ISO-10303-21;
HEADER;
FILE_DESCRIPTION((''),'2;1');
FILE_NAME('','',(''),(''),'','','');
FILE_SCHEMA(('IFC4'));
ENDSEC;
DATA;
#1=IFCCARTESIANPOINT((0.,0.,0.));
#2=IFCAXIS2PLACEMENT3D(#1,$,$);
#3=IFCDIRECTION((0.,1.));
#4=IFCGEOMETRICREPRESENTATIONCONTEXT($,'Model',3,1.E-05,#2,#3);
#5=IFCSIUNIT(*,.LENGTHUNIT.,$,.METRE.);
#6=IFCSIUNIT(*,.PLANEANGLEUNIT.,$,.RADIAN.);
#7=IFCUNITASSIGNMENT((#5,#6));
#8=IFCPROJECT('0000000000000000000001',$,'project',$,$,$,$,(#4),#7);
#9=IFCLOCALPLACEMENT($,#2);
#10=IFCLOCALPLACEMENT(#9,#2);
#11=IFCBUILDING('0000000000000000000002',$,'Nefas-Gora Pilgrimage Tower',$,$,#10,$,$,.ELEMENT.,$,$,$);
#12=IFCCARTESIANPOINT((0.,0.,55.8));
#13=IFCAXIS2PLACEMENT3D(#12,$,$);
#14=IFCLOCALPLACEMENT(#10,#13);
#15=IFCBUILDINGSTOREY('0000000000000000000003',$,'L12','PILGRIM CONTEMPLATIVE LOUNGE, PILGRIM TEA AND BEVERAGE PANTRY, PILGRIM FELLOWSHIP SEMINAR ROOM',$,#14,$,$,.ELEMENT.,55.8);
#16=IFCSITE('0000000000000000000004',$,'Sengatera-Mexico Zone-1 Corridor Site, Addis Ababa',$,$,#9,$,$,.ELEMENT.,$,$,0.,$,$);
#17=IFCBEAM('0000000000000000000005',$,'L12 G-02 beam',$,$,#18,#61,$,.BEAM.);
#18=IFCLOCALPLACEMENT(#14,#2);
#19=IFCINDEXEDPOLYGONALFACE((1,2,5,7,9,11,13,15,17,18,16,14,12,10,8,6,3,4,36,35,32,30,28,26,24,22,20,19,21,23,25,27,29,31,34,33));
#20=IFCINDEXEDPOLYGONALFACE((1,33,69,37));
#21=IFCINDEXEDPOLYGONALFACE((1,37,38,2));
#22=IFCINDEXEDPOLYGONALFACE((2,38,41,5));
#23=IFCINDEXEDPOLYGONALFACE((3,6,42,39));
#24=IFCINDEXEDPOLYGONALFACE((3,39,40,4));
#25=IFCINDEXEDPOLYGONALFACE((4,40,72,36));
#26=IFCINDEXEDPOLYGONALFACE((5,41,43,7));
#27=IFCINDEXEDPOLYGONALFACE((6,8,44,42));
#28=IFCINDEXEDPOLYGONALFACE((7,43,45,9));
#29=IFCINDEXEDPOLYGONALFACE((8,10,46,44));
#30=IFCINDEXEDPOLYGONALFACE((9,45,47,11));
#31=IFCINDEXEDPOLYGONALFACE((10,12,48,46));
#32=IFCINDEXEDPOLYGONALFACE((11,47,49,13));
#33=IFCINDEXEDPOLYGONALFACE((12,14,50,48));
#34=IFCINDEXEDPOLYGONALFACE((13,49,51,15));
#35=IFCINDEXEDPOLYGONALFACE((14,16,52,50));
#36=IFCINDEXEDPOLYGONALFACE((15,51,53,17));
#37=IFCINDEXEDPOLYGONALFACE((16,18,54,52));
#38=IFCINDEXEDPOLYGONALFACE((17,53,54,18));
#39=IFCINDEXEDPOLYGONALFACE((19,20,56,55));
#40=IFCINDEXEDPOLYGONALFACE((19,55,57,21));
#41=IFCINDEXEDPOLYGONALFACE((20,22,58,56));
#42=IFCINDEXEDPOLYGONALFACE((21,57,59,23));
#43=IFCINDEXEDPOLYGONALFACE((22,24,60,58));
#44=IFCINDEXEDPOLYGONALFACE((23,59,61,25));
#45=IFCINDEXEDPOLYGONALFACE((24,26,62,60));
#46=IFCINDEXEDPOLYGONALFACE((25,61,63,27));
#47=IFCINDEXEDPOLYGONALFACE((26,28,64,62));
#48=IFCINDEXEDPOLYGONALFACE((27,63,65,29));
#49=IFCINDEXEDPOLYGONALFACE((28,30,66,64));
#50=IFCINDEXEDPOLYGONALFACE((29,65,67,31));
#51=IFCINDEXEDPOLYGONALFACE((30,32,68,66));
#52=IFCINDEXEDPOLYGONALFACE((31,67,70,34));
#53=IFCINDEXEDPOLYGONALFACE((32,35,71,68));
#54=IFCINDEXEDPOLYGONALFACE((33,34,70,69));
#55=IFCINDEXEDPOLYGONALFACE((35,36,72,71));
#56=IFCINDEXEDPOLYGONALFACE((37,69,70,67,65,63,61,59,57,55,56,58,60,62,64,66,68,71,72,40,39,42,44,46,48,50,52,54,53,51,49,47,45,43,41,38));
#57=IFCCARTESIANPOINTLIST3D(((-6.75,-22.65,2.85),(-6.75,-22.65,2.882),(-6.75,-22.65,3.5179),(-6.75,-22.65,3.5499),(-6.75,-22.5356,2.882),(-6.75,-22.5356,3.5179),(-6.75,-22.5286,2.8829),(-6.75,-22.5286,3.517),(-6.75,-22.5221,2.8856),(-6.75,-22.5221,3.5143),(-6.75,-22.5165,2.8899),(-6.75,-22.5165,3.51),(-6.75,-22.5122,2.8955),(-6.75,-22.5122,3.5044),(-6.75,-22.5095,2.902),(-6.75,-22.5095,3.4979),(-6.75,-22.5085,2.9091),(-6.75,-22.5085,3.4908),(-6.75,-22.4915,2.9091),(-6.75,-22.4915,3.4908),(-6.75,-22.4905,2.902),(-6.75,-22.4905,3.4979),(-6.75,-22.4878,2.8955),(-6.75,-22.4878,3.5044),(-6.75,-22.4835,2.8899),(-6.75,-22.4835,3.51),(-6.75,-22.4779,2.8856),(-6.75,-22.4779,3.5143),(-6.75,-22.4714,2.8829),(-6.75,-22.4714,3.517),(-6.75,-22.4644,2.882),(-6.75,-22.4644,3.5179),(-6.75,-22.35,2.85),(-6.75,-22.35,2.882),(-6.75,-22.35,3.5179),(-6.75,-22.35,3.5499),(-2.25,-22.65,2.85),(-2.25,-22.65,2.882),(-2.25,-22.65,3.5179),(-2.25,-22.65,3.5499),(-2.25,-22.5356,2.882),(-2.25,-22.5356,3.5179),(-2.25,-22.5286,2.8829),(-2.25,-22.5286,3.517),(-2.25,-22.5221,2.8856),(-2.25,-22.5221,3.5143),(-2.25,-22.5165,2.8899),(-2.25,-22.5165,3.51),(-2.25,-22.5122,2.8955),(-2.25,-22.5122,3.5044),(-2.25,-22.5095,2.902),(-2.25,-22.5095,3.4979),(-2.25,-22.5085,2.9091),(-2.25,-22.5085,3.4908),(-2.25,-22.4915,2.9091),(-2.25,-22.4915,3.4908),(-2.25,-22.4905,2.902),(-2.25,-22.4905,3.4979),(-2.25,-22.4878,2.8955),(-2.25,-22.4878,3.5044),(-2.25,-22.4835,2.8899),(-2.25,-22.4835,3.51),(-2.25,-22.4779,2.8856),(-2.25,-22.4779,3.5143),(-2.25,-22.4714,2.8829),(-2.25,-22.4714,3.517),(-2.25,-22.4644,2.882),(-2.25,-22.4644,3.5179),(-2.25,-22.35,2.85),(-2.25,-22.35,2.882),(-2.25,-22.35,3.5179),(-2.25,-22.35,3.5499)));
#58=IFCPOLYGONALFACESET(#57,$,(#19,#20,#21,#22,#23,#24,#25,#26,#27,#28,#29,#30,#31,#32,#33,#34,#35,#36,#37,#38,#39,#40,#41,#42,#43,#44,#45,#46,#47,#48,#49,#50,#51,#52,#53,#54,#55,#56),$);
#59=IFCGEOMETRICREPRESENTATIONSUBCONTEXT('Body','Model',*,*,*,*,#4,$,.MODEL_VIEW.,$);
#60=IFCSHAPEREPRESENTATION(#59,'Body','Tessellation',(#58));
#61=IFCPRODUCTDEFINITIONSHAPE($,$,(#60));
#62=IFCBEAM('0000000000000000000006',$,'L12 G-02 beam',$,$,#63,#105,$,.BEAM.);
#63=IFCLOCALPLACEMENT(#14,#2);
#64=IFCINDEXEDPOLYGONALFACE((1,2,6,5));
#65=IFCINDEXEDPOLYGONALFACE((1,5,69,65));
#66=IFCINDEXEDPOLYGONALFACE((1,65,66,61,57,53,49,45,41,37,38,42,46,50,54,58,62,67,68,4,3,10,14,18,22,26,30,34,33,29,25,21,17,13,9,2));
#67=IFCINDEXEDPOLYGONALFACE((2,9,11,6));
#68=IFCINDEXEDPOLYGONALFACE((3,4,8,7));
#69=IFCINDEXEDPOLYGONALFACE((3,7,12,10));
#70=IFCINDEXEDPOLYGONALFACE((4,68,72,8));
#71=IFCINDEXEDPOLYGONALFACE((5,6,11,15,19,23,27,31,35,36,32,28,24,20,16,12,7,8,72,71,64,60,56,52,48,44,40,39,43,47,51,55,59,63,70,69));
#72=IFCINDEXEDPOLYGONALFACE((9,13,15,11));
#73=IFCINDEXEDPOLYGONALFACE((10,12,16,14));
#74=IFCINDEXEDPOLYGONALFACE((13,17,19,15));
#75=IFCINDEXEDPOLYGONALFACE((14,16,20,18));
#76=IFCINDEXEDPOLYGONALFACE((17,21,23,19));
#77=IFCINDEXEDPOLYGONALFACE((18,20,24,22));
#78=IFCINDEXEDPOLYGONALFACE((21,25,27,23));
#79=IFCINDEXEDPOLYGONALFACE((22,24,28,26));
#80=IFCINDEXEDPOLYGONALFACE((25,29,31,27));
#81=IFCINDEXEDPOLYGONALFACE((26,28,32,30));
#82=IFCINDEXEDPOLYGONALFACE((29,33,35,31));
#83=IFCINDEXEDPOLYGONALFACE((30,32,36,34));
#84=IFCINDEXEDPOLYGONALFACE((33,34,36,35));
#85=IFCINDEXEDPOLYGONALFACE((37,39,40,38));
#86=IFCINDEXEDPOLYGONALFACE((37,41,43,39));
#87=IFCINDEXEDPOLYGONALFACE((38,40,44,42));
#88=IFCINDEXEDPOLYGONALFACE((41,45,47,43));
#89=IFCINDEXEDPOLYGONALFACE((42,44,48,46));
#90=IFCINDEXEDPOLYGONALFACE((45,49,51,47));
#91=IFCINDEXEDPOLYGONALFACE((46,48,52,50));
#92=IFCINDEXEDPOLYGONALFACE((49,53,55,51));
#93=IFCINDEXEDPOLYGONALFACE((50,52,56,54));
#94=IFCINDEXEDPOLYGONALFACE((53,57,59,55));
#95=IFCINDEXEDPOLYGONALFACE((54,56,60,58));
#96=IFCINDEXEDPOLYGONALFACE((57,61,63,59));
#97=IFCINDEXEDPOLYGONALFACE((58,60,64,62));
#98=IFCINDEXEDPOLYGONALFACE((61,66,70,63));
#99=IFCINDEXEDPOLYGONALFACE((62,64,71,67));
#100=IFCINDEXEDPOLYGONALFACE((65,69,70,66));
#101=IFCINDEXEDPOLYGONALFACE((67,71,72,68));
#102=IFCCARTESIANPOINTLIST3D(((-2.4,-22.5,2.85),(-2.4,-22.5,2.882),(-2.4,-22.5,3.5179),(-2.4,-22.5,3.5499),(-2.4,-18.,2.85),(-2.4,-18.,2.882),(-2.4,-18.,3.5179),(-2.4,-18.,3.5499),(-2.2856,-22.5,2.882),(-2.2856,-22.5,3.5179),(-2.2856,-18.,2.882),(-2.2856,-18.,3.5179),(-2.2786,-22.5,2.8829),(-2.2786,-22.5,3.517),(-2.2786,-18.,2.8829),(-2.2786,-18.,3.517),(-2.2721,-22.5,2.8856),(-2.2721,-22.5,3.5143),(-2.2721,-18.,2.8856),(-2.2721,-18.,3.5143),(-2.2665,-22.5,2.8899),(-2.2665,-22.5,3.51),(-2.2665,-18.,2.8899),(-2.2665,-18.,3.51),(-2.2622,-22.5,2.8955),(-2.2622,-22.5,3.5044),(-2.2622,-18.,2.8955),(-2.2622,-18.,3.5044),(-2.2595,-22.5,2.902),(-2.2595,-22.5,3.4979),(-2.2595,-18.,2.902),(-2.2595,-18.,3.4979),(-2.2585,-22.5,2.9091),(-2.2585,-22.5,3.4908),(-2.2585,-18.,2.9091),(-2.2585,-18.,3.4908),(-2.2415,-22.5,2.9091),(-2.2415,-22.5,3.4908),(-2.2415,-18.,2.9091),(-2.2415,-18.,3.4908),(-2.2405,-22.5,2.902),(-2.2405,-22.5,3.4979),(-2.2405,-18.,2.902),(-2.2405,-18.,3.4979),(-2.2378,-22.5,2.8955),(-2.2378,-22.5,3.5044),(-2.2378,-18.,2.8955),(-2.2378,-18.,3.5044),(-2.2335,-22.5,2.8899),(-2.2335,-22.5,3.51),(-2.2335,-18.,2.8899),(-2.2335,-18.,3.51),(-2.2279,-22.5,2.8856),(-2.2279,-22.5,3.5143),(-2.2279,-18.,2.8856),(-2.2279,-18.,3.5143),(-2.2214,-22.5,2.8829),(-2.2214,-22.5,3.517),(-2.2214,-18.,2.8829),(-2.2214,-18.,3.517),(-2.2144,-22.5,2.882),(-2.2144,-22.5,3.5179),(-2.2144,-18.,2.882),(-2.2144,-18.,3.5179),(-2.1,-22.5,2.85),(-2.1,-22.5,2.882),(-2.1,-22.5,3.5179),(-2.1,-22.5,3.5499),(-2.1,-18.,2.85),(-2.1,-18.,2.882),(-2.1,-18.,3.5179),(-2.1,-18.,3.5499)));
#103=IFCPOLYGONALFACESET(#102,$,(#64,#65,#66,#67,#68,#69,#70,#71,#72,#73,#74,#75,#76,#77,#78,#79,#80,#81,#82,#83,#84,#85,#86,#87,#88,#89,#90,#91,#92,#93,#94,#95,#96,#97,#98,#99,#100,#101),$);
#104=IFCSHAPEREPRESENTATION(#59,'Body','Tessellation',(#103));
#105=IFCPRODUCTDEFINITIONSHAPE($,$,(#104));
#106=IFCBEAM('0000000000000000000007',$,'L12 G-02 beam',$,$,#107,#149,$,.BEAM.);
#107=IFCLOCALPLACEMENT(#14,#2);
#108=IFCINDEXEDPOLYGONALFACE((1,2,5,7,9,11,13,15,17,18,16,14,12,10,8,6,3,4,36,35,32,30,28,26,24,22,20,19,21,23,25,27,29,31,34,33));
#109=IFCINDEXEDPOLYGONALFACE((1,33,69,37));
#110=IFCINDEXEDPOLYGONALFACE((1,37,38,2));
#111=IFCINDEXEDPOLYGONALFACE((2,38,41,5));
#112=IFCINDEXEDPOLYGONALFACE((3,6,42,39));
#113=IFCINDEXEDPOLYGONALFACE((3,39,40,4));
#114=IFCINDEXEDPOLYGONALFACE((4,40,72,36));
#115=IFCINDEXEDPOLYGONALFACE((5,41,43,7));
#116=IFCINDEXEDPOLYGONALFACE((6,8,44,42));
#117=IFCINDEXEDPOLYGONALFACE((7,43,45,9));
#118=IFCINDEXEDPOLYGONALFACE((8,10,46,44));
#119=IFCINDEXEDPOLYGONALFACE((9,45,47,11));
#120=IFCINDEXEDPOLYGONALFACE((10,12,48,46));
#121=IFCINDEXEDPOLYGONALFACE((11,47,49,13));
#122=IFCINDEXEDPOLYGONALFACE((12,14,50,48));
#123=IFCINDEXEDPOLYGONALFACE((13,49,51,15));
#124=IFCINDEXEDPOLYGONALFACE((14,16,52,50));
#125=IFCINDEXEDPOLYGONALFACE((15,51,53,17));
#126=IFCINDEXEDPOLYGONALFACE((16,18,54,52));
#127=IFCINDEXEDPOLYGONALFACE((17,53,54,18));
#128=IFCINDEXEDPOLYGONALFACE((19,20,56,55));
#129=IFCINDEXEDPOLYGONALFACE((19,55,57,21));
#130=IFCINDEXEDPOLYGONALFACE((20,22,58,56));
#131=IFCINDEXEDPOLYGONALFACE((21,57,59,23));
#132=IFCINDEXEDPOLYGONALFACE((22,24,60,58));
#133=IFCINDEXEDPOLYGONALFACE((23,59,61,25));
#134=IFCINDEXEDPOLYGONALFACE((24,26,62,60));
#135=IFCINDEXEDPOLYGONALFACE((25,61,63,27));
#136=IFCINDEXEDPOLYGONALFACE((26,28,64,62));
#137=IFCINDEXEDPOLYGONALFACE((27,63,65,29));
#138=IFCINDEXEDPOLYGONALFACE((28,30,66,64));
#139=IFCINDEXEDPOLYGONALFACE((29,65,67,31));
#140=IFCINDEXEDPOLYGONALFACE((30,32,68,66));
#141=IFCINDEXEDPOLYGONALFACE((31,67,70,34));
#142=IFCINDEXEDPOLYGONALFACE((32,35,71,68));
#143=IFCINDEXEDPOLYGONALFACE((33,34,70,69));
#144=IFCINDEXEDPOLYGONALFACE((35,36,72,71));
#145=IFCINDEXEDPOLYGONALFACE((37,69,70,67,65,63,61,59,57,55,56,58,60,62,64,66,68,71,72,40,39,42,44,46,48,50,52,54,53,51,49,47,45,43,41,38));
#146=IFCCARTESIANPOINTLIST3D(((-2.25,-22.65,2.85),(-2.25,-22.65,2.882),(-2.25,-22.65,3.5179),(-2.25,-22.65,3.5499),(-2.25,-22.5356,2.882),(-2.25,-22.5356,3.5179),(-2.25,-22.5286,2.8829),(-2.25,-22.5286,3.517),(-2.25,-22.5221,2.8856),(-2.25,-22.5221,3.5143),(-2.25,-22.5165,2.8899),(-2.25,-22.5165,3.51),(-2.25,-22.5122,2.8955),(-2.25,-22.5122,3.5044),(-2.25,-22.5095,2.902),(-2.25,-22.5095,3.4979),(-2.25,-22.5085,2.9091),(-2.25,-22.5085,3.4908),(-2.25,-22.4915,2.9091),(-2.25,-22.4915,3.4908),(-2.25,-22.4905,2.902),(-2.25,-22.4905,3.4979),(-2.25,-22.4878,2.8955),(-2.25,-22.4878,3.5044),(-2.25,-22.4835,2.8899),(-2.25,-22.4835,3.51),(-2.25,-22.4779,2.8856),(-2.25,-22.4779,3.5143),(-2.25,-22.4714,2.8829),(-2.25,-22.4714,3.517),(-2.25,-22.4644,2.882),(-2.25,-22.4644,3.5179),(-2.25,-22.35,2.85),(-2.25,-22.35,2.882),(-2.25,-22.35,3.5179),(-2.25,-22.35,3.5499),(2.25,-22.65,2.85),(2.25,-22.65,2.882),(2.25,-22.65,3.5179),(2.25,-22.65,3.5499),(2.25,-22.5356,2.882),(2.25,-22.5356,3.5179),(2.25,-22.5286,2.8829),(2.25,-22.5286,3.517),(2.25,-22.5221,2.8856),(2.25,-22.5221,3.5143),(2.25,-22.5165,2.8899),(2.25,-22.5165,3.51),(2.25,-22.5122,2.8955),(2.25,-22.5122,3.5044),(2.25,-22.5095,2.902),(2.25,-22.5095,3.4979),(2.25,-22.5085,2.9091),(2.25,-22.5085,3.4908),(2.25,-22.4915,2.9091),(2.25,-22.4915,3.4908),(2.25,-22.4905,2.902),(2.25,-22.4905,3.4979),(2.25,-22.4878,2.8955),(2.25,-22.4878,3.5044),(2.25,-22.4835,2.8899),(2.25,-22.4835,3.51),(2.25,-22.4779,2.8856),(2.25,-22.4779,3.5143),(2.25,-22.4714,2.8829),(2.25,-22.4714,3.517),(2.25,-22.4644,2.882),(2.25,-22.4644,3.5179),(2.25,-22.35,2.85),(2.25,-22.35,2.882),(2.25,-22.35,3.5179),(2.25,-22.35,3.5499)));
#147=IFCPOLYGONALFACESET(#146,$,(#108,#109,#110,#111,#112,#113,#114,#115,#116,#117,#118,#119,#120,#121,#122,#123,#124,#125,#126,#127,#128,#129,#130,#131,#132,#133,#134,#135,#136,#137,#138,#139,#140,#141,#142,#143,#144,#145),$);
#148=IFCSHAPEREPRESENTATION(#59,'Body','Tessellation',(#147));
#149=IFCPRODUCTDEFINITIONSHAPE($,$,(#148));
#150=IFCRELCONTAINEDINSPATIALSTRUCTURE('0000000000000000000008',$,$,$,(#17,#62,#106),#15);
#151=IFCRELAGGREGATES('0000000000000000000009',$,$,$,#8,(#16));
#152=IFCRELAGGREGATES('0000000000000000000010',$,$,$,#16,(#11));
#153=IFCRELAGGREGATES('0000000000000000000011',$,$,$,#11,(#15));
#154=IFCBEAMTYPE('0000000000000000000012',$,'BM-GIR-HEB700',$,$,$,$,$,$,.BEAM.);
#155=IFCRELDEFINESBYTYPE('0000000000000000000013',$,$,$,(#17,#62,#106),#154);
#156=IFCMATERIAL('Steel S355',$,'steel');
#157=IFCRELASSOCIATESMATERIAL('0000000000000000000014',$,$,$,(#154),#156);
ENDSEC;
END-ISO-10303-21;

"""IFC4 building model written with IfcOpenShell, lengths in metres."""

from ifc_helpers import new_model, si_unit, direction, frame, origin, origin_2d, place, context, subcontext, project, spatial, i_section, extrude, source, transform, mapped, material, material_profile, profile_set, type_object, element, save


model = new_model("IFC4")

# Units and contexts
model_context = context("Model", 3, precision=1e-05, world=origin(), true_north=direction((0.0, 1.0)))
body_context = subcontext(model_context, "Body", "Model", "MODEL_VIEW")
ifc_project = project(units=[si_unit("LENGTHUNIT", "METRE"), si_unit("PLANEANGLEUNIT", "RADIAN")], contexts=[model_context])

# Site, building, storey
site_placement = place(None, origin())
site = spatial("IfcSite", under=ifc_project, at=site_placement, Name="Sengatera-Mexico Zone-1 Corridor Site, Addis Ababa", CompositionType="ELEMENT", RefElevation=0.0)
building_placement = place(site_placement, origin())
building = spatial("IfcBuilding", under=site, at=building_placement, Name="Nefas-Gora Pilgrimage Tower", CompositionType="ELEMENT")
storey_placement = place(building_placement, frame((0.0, 0.0, 55.8)))
storey = spatial("IfcBuildingStorey", under=building, at=storey_placement, Name="L12", Description="PILGRIM CONTEMPLATIVE LOUNGE, PILGRIM TEA AND BEVERAGE PANTRY, PILGRIM FELLOWSHIP SEMINAR ROOM", CompositionType="ELEMENT", Elevation=55.8)

# Beams
ifc_material_1 = material(Name="Steel S355", Category="steel")
ifc_material_profile_1 = material_profile(ifc_material_1, i_section(OverallWidth=0.3, OverallDepth=0.7, WebThickness=0.0171, FlangeThickness=0.032, FilletRadius=0.0271, at=origin_2d()), Name="HEB 700")
ifc_profile_set_1 = profile_set([ifc_material_profile_1], Name="Steel S355")
beam_type = type_object("IfcBeamType", Name="BM-GIR-HEB700", PredefinedType="BEAM", material=ifc_profile_set_1)
shared_shape_1 = source(origin(), body_context, "Body", "SweptSolid", [
    extrude(i_section(OverallWidth=0.3, OverallDepth=0.7, WebThickness=0.0171, FlangeThickness=0.032, FilletRadius=0.0271, at=origin_2d()), origin(), (0.0, 0.0, 1.0), 4.5),
])
for number, where, z_axis, x_axis, name in (
    (1, (-6.75, -22.5, 3.2), (1.0, 0.0, 0.0), (0.0, 1.0, 0.0), "L12 G-02 beam"),
    (2, (-2.25, -22.5, 3.2), (0.0, 1.0, 0.0), (-1.0, 0.0, 0.0), "L12 G-02 beam"),
    (3, (-2.25, -22.5, 3.2), (1.0, 0.0, 0.0), (0.0, 1.0, 0.0), "L12 G-02 beam"),
):
    element("IfcBeam", number, at=place(storey_placement, frame(where, z_axis=z_axis, x_axis=x_axis)), inside=storey, type_object=beam_type, Name=name, PredefinedType="BEAM", context=body_context, shape_type="MappedRepresentation", body=[
        mapped(shared_shape_1, transform((0.0, 0.0, 0.0), x_axis=(1.0, 0.0, 0.0), y_axis=(0.0, 1.0, 0.0), z_axis=(0.0, 0.0, 1.0), scale=1.0)),
    ])

save(model, "model.ifc")
